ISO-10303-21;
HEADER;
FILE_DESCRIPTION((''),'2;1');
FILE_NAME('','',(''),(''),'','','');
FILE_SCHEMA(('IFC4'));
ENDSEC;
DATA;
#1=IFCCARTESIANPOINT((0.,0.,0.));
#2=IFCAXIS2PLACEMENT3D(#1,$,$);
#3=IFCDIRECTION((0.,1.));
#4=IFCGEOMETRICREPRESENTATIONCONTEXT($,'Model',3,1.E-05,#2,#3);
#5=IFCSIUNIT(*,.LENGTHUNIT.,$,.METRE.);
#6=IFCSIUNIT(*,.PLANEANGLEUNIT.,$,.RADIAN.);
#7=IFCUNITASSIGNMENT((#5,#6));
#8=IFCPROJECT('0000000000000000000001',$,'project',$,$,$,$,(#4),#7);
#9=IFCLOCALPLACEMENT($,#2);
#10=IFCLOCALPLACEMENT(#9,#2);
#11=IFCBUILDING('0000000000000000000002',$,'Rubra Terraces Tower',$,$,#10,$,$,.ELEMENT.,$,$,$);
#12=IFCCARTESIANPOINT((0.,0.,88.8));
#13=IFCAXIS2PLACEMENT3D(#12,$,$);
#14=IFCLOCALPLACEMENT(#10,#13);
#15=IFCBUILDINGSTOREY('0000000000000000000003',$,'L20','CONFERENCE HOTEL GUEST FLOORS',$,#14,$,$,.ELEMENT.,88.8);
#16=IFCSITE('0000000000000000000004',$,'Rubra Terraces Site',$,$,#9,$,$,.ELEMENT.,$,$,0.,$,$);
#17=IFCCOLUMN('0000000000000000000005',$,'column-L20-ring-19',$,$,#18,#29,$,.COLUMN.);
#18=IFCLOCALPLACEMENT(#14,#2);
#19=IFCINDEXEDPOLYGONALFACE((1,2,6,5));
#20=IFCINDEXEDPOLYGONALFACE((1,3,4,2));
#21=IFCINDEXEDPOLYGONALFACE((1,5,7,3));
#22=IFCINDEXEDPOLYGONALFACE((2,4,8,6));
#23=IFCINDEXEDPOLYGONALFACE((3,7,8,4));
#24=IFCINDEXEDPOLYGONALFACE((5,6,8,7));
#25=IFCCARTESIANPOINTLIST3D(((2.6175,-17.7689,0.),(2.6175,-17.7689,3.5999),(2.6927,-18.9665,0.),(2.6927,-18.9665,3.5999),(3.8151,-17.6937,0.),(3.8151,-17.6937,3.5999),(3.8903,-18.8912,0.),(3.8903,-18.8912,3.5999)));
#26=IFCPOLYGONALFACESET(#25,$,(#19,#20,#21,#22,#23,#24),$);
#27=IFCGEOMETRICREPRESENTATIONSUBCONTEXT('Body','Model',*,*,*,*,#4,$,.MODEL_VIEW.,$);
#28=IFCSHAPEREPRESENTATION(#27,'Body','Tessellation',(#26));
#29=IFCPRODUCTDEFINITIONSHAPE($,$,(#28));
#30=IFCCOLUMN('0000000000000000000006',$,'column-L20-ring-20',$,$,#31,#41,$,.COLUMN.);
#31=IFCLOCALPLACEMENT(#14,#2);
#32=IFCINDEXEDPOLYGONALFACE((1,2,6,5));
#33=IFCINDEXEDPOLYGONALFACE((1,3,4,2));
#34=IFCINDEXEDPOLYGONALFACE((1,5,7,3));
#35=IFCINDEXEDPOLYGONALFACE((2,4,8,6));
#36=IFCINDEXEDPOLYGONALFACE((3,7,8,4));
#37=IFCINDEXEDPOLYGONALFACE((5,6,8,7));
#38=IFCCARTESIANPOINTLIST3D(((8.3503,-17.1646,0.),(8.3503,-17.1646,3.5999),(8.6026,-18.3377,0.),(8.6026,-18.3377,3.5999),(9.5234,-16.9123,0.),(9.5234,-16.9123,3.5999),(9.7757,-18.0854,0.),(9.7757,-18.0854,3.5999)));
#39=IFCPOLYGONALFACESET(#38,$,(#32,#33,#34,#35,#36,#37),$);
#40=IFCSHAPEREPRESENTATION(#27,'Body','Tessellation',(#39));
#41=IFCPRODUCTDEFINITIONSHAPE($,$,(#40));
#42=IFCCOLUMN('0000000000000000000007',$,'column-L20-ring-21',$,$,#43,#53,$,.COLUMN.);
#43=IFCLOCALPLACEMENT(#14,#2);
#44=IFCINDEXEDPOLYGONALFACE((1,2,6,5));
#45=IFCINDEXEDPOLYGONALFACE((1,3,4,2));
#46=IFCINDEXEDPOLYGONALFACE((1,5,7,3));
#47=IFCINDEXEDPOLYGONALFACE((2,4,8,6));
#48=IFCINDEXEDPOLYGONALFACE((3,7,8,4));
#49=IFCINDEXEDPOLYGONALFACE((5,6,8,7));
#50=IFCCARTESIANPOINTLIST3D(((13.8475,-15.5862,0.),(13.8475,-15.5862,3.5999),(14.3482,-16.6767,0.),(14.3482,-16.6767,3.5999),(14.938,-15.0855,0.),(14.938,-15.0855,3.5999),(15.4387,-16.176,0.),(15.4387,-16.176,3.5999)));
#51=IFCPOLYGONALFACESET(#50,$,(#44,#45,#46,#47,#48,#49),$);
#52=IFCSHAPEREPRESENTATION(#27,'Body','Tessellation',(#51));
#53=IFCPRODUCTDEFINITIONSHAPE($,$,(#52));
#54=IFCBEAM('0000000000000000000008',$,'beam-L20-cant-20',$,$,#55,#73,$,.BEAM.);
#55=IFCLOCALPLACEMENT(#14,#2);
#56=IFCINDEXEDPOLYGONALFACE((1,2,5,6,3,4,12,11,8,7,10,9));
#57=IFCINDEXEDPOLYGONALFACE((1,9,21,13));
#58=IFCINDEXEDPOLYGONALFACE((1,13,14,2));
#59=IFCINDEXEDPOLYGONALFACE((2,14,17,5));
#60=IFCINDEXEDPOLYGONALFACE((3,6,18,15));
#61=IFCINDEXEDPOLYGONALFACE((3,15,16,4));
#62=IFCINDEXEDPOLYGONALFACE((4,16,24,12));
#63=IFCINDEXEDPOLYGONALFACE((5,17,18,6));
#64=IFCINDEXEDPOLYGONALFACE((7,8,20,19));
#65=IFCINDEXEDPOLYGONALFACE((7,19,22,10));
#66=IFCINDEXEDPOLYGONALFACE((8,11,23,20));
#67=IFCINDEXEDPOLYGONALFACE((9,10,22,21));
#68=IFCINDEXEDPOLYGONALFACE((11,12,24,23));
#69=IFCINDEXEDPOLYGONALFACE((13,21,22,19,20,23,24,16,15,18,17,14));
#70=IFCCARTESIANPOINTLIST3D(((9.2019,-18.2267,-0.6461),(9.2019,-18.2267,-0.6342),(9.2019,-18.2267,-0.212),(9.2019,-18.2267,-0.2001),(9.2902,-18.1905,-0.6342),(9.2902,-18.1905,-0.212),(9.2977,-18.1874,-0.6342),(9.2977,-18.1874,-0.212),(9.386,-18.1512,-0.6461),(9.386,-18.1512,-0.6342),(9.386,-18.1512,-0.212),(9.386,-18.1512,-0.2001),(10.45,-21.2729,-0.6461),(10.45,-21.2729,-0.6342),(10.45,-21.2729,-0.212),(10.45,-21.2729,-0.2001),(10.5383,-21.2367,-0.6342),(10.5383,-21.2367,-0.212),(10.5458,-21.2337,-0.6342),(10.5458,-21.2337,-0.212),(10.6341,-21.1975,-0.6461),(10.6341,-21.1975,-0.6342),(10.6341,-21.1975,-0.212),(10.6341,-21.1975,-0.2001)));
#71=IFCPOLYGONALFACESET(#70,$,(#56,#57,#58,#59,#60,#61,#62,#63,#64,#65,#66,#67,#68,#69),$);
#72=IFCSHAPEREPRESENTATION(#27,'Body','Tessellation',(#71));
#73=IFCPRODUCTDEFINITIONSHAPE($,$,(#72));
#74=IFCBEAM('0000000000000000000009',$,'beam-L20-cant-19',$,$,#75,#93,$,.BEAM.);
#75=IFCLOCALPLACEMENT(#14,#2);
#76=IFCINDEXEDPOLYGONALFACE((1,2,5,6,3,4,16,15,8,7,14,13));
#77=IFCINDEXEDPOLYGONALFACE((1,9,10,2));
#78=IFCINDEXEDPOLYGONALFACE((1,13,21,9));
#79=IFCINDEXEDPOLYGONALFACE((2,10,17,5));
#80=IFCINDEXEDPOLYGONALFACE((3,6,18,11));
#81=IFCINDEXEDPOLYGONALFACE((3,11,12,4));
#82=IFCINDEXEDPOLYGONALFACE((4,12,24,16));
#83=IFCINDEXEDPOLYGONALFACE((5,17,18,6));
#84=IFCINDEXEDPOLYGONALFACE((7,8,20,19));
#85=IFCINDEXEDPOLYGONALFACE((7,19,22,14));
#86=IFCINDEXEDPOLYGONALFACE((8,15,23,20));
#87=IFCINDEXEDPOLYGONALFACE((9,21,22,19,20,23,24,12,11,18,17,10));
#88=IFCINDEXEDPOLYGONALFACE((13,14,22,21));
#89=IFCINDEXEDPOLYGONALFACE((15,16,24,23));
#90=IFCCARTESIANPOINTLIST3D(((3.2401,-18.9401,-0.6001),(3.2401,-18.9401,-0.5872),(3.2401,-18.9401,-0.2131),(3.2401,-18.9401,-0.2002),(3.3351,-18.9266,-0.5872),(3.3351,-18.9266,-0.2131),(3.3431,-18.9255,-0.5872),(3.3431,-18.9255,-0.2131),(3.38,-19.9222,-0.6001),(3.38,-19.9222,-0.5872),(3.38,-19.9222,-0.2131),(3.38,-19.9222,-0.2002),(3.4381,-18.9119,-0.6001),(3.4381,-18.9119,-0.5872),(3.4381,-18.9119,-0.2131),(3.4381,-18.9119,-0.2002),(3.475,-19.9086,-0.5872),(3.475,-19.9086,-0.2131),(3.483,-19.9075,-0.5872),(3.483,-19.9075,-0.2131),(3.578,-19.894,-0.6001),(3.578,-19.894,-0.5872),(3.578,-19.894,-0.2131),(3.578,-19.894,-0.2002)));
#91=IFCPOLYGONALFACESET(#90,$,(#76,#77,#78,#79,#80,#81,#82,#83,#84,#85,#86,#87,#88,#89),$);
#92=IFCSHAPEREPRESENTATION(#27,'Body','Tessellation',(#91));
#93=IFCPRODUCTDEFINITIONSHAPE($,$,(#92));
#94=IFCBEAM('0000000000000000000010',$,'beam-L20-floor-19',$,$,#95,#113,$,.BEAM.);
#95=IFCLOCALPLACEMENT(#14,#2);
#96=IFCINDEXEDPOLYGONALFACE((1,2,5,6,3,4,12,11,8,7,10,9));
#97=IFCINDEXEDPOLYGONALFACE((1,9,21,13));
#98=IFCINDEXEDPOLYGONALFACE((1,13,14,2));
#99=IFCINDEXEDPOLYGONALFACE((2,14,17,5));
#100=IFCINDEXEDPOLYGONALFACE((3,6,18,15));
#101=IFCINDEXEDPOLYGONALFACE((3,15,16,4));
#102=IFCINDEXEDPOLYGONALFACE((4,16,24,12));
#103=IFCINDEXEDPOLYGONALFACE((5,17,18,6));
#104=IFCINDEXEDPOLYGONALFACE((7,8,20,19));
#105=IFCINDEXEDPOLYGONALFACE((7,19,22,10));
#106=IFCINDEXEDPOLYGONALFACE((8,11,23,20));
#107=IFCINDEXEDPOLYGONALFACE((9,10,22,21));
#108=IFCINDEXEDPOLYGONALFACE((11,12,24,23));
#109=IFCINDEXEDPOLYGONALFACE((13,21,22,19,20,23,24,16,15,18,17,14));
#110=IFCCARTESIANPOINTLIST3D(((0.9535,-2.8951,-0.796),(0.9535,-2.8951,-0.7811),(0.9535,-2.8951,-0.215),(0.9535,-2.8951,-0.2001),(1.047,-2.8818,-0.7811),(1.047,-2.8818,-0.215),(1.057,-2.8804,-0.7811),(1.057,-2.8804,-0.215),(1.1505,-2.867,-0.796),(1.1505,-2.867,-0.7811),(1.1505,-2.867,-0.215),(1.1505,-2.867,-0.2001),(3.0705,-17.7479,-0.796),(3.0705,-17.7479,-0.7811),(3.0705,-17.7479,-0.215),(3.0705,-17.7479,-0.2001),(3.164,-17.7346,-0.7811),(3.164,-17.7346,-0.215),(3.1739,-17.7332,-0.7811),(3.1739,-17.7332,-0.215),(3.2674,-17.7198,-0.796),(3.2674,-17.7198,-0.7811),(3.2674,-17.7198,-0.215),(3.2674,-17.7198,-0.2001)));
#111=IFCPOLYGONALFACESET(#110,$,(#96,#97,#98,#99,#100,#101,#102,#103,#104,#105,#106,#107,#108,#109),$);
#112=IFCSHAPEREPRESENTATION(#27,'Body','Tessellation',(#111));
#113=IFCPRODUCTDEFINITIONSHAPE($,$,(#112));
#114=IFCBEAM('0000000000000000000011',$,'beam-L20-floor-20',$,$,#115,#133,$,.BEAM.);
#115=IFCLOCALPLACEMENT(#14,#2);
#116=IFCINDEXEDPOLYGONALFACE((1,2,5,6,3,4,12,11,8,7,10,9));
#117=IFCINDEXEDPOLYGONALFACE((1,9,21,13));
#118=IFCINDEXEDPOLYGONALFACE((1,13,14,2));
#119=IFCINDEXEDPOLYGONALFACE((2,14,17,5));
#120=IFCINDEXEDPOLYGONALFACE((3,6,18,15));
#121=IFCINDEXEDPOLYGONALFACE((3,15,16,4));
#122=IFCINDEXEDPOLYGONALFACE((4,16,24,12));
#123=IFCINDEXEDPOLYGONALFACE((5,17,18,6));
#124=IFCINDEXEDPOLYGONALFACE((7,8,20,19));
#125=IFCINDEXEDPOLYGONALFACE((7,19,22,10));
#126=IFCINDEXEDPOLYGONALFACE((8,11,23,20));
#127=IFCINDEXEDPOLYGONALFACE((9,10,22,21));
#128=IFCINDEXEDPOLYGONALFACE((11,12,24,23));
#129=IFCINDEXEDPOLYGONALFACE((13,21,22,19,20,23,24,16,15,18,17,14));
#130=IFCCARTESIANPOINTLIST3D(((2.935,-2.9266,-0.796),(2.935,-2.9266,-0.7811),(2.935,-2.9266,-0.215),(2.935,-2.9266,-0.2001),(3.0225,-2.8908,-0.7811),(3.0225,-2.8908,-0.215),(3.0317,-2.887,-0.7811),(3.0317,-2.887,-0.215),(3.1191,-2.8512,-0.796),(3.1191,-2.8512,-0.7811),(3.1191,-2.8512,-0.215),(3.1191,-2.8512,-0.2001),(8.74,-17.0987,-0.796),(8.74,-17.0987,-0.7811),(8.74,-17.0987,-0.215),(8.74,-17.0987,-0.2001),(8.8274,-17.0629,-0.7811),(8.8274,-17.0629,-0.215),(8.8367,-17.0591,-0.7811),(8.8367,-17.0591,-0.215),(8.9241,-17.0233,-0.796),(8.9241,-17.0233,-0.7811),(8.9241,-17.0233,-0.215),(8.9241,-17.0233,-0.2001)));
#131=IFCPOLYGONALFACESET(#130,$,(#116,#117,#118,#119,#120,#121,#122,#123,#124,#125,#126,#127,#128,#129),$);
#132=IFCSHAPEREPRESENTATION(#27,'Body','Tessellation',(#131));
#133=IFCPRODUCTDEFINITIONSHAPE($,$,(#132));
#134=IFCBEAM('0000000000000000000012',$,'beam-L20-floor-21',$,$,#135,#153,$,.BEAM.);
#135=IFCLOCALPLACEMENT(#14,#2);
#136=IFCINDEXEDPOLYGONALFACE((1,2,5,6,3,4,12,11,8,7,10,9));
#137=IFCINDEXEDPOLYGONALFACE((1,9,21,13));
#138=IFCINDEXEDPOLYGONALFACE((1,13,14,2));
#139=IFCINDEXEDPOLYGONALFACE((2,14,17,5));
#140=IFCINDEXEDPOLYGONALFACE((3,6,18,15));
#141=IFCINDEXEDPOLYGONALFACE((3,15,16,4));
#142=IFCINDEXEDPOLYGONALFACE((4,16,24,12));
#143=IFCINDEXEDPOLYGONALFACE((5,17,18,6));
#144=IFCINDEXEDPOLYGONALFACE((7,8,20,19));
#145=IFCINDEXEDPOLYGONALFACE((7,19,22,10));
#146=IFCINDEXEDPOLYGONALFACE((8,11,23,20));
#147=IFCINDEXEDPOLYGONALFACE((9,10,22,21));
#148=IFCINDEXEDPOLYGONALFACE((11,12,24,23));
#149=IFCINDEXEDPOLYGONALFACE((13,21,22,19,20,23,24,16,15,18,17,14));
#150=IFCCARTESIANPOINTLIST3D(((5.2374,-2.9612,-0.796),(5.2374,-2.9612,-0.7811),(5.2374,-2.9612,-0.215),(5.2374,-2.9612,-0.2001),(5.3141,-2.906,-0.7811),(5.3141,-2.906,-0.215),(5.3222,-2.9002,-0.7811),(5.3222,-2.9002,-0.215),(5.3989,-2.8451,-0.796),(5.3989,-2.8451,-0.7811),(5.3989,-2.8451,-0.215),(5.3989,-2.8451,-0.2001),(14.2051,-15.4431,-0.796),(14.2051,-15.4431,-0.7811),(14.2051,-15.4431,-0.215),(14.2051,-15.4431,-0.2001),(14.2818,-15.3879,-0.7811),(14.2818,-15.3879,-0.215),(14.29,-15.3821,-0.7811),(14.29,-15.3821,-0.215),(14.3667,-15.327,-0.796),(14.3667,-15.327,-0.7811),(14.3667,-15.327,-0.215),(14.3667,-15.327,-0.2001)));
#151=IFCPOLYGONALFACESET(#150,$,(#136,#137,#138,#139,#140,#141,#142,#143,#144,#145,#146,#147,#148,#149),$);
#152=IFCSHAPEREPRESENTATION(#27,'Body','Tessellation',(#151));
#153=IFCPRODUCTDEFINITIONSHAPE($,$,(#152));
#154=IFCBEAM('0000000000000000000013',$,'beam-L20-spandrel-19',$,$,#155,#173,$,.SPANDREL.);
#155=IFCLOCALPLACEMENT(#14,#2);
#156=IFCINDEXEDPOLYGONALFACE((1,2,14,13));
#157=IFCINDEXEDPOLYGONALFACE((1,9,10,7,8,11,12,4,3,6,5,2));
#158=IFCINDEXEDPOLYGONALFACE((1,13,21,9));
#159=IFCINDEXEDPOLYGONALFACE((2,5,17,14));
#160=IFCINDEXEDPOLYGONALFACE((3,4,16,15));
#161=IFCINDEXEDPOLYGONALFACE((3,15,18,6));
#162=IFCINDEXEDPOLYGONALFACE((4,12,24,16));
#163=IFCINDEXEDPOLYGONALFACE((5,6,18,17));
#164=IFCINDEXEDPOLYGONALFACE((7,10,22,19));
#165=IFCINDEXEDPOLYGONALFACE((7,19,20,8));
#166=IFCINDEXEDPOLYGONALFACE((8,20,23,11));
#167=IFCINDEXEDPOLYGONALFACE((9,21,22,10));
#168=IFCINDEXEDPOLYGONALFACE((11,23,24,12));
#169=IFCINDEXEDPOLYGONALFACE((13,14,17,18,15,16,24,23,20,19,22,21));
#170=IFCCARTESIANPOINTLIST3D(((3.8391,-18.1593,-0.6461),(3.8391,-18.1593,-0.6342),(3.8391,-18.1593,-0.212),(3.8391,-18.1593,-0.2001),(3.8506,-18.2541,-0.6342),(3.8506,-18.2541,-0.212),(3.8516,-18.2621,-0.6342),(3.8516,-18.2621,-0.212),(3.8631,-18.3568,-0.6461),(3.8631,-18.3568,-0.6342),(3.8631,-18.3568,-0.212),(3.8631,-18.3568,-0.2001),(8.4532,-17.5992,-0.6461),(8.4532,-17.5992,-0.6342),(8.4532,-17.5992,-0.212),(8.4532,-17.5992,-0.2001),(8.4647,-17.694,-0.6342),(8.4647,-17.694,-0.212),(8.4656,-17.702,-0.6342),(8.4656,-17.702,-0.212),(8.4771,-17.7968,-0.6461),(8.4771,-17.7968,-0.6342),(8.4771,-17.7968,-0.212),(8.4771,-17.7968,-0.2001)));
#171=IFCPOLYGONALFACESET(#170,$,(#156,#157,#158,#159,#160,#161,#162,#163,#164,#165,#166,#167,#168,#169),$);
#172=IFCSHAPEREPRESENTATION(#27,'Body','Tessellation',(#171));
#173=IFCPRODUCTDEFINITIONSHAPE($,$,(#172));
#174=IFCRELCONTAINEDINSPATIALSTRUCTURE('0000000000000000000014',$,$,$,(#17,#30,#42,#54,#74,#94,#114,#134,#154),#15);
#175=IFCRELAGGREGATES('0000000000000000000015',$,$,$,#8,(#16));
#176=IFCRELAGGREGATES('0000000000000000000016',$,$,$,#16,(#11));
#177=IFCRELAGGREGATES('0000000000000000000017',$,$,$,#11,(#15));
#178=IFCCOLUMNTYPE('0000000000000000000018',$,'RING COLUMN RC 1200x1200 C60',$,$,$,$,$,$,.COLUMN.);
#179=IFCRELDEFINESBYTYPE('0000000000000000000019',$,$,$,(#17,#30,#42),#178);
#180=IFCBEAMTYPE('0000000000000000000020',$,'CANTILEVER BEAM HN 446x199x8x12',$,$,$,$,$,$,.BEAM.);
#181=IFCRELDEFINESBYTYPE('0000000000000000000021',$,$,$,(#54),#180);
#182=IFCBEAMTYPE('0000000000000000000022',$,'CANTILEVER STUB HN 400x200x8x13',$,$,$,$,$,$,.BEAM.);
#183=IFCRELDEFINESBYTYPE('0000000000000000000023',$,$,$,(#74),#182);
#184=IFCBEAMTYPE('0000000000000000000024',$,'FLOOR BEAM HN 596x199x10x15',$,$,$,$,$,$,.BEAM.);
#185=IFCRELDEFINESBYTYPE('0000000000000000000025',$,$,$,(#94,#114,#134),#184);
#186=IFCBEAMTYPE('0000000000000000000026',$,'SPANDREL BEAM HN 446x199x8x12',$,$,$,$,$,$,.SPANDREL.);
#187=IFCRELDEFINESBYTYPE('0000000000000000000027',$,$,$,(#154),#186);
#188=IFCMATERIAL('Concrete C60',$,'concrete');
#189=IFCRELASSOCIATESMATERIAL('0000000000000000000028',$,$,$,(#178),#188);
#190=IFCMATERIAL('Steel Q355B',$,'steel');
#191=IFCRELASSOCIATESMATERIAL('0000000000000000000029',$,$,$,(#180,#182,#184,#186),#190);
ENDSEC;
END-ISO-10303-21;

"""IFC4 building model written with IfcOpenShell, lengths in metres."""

from ifc_helpers import new_model, si_unit, direction, frame, origin, origin_2d, place, context, subcontext, project, spatial, rectangle, i_section, extrude, material, material_profile, profile_set, type_object, element, save


model = new_model("IFC4")

# Units and contexts
model_context = context("Model", 3, precision=1e-05, world=origin(), true_north=direction((0.0, 1.0)))
body_context = subcontext(model_context, "Body", "Model", "MODEL_VIEW")
ifc_project = project(units=[si_unit("LENGTHUNIT", "METRE"), si_unit("PLANEANGLEUNIT", "RADIAN")], contexts=[model_context])

# Site, building, storey
site_placement = place(None, origin())
site = spatial("IfcSite", under=ifc_project, at=site_placement, Name="Rubra Terraces Site", CompositionType="ELEMENT", RefElevation=0.0)
building_placement = place(site_placement, origin())
building = spatial("IfcBuilding", under=site, at=building_placement, Name="Rubra Terraces Tower", CompositionType="ELEMENT")
storey_placement = place(building_placement, frame((0.0, 0.0, 88.8)))
storey = spatial("IfcBuildingStorey", under=building, at=storey_placement, Name="L20", Description="CONFERENCE HOTEL GUEST FLOORS", CompositionType="ELEMENT", Elevation=88.8)

# Columns
ifc_material_1 = material(Name="Concrete C60", Category="concrete")
ifc_material_profile_1 = material_profile(ifc_material_1, rectangle(XDim=1.2, YDim=1.2, at=origin_2d()), Name="RC 1200x1200")
ifc_profile_set_1 = profile_set([ifc_material_profile_1], Name="Concrete C60")
column_type = type_object("IfcColumnType", Name="RING COLUMN RC 1200x1200 C60", PredefinedType="COLUMN", material=ifc_profile_set_1)
for number, where, z_axis, x_axis, name in (
    (1, (3.2539, -18.3301, 0.0), (0.0, 0.0, 1.0), (0.998032, 0.062714, 0.0), "column-L20-ring-19"),
    (2, (9.063, -17.625, 0.0), (0.0, 0.0, 1.0), (0.977653, 0.210227, 0.0), "column-L20-ring-20"),
    (3, (14.6431, -15.8811, 0.0), (0.0, 0.0, 1.0), (0.908779, 0.417279, 0.0), "column-L20-ring-21"),
):
    element("IfcColumn", number, at=place(storey_placement, frame(where, z_axis=z_axis, x_axis=x_axis)), inside=storey, type_object=column_type, Name=name, PredefinedType="COLUMN", context=body_context, shape_type="SweptSolid", body=[
        extrude(rectangle(XDim=1.2, YDim=1.2, at=origin_2d()), origin(), (0.0, 0.0, 1.0), 3.5999),
    ])

# Beams
ifc_material_2 = material(Name="Steel Q355B", Category="steel")
ifc_material_profile_2 = material_profile(ifc_material_2, i_section(OverallWidth=0.199, OverallDepth=0.446, WebThickness=0.0081, FlangeThickness=0.012, at=origin_2d()), Name="HN 446x199x8x12")
ifc_profile_set_2 = profile_set([ifc_material_profile_2], Name="Steel Q355B")
beam_type_1 = type_object("IfcBeamType", Name="CANTILEVER BEAM HN 446x199x8x12", PredefinedType="BEAM", material=ifc_profile_set_2)
beam_1_placement = place(storey_placement, frame((9.2939, -18.189, -0.4231), z_axis=(0.379127, -0.925345, 0.0), x_axis=(0.925345, 0.379127, 0.0)))
element("IfcBeam", 4, at=beam_1_placement, inside=storey, type_object=beam_type_1, Name="beam-L20-cant-20", PredefinedType="BEAM", context=body_context, shape_type="SweptSolid", body=[
    extrude(i_section(OverallWidth=0.199, OverallDepth=0.446, WebThickness=0.0081, FlangeThickness=0.012, at=origin_2d()), origin(), (0.0, 0.0, 1.0), 3.292),
])
ifc_material_profile_3 = material_profile(ifc_material_2, i_section(OverallWidth=0.2, OverallDepth=0.3999, WebThickness=0.0081, FlangeThickness=0.0129, at=origin_2d()), Name="HN 400x200x8x13")
ifc_profile_set_3 = profile_set([ifc_material_profile_3], Name="Steel Q355B")
beam_type_2 = type_object("IfcBeamType", Name="CANTILEVER STUB HN 400x200x8x13", PredefinedType="BEAM", material=ifc_profile_set_3)
beam_2_placement = place(storey_placement, frame((3.3391, -18.926, -0.4001), z_axis=(0.141042, -0.990004, 0.0), x_axis=(0.990004, 0.141042, 0.0)))
element("IfcBeam", 5, at=beam_2_placement, inside=storey, type_object=beam_type_2, Name="beam-L20-cant-19", PredefinedType="BEAM", context=body_context, shape_type="SweptSolid", body=[
    extrude(i_section(OverallWidth=0.2, OverallDepth=0.3999, WebThickness=0.0081, FlangeThickness=0.0129, at=origin_2d()), origin(), (0.0, 0.0, 1.0), 0.9919),
])
ifc_material_profile_4 = material_profile(ifc_material_2, i_section(OverallWidth=0.199, OverallDepth=0.5959, WebThickness=0.01, FlangeThickness=0.0149, at=origin_2d()), Name="HN 596x199x10x15")
ifc_profile_set_4 = profile_set([ifc_material_profile_4], Name="Steel Q355B")
beam_type_3 = type_object("IfcBeamType", Name="FLOOR BEAM HN 596x199x10x15", PredefinedType="BEAM", material=ifc_profile_set_4)
beam_3_placement = place(storey_placement, frame((3.1689, -17.7339, -0.498), z_axis=(-0.141102, 0.989995, 0.0), x_axis=(-0.989995, -0.141102, 0.0)))
element("IfcBeam", 6, at=beam_3_placement, inside=storey, type_object=beam_type_3, Name="beam-L20-floor-19", PredefinedType="BEAM", context=body_context, shape_type="SweptSolid", body=[
    extrude(i_section(OverallWidth=0.199, OverallDepth=0.5959, WebThickness=0.01, FlangeThickness=0.0149, at=origin_2d()), origin(), (0.0, 0.0, 1.0), 15.0029),
])
beam_4_placement = place(storey_placement, frame((8.832, -17.061, -0.498), z_axis=(-0.379038, 0.925381, 0.0), x_axis=(-0.925381, -0.379038, 0.0)))
element("IfcBeam", 7, at=beam_4_placement, inside=storey, type_object=beam_type_3, Name="beam-L20-floor-20", PredefinedType="BEAM", context=body_context, shape_type="SweptSolid", body=[
    extrude(i_section(OverallWidth=0.199, OverallDepth=0.5959, WebThickness=0.01, FlangeThickness=0.0149, at=origin_2d()), origin(), (0.0, 0.0, 1.0), 15.3149),
])
beam_5_placement = place(storey_placement, frame((14.2859, -15.385, -0.498), z_axis=(-0.583481, 0.812127, 0.0), x_axis=(-0.812127, -0.583481, 0.0)))
element("IfcBeam", 8, at=beam_5_placement, inside=storey, type_object=beam_type_3, Name="beam-L20-floor-21", PredefinedType="BEAM", context=body_context, shape_type="SweptSolid", body=[
    extrude(i_section(OverallWidth=0.199, OverallDepth=0.5959, WebThickness=0.01, FlangeThickness=0.0149, at=origin_2d()), origin(), (0.0, 0.0, 1.0), 15.3694),
])
ifc_material_profile_5 = material_profile(ifc_material_2, i_section(OverallWidth=0.199, OverallDepth=0.446, WebThickness=0.0081, FlangeThickness=0.012, at=origin_2d()), Name="HN 446x199x8x12")
ifc_profile_set_5 = profile_set([ifc_material_profile_5], Name="Steel Q355B")
beam_type_4 = type_object("IfcBeamType", Name="SPANDREL BEAM HN 446x199x8x12", PredefinedType="SPANDREL", material=ifc_profile_set_5)
beam_6_placement = place(storey_placement, frame((3.8511, -18.2581, -0.4231), z_axis=(0.992714, 0.120498, 0.0), x_axis=(-0.120498, 0.992714, 0.0)))
element("IfcBeam", 9, at=beam_6_placement, inside=storey, type_object=beam_type_4, Name="beam-L20-spandrel-19", PredefinedType="SPANDREL", context=body_context, shape_type="SweptSolid", body=[
    extrude(i_section(OverallWidth=0.199, OverallDepth=0.446, WebThickness=0.0081, FlangeThickness=0.012, at=origin_2d()), origin(), (0.0, 0.0, 1.0), 4.6479),
])

save(model, "model.ifc")
